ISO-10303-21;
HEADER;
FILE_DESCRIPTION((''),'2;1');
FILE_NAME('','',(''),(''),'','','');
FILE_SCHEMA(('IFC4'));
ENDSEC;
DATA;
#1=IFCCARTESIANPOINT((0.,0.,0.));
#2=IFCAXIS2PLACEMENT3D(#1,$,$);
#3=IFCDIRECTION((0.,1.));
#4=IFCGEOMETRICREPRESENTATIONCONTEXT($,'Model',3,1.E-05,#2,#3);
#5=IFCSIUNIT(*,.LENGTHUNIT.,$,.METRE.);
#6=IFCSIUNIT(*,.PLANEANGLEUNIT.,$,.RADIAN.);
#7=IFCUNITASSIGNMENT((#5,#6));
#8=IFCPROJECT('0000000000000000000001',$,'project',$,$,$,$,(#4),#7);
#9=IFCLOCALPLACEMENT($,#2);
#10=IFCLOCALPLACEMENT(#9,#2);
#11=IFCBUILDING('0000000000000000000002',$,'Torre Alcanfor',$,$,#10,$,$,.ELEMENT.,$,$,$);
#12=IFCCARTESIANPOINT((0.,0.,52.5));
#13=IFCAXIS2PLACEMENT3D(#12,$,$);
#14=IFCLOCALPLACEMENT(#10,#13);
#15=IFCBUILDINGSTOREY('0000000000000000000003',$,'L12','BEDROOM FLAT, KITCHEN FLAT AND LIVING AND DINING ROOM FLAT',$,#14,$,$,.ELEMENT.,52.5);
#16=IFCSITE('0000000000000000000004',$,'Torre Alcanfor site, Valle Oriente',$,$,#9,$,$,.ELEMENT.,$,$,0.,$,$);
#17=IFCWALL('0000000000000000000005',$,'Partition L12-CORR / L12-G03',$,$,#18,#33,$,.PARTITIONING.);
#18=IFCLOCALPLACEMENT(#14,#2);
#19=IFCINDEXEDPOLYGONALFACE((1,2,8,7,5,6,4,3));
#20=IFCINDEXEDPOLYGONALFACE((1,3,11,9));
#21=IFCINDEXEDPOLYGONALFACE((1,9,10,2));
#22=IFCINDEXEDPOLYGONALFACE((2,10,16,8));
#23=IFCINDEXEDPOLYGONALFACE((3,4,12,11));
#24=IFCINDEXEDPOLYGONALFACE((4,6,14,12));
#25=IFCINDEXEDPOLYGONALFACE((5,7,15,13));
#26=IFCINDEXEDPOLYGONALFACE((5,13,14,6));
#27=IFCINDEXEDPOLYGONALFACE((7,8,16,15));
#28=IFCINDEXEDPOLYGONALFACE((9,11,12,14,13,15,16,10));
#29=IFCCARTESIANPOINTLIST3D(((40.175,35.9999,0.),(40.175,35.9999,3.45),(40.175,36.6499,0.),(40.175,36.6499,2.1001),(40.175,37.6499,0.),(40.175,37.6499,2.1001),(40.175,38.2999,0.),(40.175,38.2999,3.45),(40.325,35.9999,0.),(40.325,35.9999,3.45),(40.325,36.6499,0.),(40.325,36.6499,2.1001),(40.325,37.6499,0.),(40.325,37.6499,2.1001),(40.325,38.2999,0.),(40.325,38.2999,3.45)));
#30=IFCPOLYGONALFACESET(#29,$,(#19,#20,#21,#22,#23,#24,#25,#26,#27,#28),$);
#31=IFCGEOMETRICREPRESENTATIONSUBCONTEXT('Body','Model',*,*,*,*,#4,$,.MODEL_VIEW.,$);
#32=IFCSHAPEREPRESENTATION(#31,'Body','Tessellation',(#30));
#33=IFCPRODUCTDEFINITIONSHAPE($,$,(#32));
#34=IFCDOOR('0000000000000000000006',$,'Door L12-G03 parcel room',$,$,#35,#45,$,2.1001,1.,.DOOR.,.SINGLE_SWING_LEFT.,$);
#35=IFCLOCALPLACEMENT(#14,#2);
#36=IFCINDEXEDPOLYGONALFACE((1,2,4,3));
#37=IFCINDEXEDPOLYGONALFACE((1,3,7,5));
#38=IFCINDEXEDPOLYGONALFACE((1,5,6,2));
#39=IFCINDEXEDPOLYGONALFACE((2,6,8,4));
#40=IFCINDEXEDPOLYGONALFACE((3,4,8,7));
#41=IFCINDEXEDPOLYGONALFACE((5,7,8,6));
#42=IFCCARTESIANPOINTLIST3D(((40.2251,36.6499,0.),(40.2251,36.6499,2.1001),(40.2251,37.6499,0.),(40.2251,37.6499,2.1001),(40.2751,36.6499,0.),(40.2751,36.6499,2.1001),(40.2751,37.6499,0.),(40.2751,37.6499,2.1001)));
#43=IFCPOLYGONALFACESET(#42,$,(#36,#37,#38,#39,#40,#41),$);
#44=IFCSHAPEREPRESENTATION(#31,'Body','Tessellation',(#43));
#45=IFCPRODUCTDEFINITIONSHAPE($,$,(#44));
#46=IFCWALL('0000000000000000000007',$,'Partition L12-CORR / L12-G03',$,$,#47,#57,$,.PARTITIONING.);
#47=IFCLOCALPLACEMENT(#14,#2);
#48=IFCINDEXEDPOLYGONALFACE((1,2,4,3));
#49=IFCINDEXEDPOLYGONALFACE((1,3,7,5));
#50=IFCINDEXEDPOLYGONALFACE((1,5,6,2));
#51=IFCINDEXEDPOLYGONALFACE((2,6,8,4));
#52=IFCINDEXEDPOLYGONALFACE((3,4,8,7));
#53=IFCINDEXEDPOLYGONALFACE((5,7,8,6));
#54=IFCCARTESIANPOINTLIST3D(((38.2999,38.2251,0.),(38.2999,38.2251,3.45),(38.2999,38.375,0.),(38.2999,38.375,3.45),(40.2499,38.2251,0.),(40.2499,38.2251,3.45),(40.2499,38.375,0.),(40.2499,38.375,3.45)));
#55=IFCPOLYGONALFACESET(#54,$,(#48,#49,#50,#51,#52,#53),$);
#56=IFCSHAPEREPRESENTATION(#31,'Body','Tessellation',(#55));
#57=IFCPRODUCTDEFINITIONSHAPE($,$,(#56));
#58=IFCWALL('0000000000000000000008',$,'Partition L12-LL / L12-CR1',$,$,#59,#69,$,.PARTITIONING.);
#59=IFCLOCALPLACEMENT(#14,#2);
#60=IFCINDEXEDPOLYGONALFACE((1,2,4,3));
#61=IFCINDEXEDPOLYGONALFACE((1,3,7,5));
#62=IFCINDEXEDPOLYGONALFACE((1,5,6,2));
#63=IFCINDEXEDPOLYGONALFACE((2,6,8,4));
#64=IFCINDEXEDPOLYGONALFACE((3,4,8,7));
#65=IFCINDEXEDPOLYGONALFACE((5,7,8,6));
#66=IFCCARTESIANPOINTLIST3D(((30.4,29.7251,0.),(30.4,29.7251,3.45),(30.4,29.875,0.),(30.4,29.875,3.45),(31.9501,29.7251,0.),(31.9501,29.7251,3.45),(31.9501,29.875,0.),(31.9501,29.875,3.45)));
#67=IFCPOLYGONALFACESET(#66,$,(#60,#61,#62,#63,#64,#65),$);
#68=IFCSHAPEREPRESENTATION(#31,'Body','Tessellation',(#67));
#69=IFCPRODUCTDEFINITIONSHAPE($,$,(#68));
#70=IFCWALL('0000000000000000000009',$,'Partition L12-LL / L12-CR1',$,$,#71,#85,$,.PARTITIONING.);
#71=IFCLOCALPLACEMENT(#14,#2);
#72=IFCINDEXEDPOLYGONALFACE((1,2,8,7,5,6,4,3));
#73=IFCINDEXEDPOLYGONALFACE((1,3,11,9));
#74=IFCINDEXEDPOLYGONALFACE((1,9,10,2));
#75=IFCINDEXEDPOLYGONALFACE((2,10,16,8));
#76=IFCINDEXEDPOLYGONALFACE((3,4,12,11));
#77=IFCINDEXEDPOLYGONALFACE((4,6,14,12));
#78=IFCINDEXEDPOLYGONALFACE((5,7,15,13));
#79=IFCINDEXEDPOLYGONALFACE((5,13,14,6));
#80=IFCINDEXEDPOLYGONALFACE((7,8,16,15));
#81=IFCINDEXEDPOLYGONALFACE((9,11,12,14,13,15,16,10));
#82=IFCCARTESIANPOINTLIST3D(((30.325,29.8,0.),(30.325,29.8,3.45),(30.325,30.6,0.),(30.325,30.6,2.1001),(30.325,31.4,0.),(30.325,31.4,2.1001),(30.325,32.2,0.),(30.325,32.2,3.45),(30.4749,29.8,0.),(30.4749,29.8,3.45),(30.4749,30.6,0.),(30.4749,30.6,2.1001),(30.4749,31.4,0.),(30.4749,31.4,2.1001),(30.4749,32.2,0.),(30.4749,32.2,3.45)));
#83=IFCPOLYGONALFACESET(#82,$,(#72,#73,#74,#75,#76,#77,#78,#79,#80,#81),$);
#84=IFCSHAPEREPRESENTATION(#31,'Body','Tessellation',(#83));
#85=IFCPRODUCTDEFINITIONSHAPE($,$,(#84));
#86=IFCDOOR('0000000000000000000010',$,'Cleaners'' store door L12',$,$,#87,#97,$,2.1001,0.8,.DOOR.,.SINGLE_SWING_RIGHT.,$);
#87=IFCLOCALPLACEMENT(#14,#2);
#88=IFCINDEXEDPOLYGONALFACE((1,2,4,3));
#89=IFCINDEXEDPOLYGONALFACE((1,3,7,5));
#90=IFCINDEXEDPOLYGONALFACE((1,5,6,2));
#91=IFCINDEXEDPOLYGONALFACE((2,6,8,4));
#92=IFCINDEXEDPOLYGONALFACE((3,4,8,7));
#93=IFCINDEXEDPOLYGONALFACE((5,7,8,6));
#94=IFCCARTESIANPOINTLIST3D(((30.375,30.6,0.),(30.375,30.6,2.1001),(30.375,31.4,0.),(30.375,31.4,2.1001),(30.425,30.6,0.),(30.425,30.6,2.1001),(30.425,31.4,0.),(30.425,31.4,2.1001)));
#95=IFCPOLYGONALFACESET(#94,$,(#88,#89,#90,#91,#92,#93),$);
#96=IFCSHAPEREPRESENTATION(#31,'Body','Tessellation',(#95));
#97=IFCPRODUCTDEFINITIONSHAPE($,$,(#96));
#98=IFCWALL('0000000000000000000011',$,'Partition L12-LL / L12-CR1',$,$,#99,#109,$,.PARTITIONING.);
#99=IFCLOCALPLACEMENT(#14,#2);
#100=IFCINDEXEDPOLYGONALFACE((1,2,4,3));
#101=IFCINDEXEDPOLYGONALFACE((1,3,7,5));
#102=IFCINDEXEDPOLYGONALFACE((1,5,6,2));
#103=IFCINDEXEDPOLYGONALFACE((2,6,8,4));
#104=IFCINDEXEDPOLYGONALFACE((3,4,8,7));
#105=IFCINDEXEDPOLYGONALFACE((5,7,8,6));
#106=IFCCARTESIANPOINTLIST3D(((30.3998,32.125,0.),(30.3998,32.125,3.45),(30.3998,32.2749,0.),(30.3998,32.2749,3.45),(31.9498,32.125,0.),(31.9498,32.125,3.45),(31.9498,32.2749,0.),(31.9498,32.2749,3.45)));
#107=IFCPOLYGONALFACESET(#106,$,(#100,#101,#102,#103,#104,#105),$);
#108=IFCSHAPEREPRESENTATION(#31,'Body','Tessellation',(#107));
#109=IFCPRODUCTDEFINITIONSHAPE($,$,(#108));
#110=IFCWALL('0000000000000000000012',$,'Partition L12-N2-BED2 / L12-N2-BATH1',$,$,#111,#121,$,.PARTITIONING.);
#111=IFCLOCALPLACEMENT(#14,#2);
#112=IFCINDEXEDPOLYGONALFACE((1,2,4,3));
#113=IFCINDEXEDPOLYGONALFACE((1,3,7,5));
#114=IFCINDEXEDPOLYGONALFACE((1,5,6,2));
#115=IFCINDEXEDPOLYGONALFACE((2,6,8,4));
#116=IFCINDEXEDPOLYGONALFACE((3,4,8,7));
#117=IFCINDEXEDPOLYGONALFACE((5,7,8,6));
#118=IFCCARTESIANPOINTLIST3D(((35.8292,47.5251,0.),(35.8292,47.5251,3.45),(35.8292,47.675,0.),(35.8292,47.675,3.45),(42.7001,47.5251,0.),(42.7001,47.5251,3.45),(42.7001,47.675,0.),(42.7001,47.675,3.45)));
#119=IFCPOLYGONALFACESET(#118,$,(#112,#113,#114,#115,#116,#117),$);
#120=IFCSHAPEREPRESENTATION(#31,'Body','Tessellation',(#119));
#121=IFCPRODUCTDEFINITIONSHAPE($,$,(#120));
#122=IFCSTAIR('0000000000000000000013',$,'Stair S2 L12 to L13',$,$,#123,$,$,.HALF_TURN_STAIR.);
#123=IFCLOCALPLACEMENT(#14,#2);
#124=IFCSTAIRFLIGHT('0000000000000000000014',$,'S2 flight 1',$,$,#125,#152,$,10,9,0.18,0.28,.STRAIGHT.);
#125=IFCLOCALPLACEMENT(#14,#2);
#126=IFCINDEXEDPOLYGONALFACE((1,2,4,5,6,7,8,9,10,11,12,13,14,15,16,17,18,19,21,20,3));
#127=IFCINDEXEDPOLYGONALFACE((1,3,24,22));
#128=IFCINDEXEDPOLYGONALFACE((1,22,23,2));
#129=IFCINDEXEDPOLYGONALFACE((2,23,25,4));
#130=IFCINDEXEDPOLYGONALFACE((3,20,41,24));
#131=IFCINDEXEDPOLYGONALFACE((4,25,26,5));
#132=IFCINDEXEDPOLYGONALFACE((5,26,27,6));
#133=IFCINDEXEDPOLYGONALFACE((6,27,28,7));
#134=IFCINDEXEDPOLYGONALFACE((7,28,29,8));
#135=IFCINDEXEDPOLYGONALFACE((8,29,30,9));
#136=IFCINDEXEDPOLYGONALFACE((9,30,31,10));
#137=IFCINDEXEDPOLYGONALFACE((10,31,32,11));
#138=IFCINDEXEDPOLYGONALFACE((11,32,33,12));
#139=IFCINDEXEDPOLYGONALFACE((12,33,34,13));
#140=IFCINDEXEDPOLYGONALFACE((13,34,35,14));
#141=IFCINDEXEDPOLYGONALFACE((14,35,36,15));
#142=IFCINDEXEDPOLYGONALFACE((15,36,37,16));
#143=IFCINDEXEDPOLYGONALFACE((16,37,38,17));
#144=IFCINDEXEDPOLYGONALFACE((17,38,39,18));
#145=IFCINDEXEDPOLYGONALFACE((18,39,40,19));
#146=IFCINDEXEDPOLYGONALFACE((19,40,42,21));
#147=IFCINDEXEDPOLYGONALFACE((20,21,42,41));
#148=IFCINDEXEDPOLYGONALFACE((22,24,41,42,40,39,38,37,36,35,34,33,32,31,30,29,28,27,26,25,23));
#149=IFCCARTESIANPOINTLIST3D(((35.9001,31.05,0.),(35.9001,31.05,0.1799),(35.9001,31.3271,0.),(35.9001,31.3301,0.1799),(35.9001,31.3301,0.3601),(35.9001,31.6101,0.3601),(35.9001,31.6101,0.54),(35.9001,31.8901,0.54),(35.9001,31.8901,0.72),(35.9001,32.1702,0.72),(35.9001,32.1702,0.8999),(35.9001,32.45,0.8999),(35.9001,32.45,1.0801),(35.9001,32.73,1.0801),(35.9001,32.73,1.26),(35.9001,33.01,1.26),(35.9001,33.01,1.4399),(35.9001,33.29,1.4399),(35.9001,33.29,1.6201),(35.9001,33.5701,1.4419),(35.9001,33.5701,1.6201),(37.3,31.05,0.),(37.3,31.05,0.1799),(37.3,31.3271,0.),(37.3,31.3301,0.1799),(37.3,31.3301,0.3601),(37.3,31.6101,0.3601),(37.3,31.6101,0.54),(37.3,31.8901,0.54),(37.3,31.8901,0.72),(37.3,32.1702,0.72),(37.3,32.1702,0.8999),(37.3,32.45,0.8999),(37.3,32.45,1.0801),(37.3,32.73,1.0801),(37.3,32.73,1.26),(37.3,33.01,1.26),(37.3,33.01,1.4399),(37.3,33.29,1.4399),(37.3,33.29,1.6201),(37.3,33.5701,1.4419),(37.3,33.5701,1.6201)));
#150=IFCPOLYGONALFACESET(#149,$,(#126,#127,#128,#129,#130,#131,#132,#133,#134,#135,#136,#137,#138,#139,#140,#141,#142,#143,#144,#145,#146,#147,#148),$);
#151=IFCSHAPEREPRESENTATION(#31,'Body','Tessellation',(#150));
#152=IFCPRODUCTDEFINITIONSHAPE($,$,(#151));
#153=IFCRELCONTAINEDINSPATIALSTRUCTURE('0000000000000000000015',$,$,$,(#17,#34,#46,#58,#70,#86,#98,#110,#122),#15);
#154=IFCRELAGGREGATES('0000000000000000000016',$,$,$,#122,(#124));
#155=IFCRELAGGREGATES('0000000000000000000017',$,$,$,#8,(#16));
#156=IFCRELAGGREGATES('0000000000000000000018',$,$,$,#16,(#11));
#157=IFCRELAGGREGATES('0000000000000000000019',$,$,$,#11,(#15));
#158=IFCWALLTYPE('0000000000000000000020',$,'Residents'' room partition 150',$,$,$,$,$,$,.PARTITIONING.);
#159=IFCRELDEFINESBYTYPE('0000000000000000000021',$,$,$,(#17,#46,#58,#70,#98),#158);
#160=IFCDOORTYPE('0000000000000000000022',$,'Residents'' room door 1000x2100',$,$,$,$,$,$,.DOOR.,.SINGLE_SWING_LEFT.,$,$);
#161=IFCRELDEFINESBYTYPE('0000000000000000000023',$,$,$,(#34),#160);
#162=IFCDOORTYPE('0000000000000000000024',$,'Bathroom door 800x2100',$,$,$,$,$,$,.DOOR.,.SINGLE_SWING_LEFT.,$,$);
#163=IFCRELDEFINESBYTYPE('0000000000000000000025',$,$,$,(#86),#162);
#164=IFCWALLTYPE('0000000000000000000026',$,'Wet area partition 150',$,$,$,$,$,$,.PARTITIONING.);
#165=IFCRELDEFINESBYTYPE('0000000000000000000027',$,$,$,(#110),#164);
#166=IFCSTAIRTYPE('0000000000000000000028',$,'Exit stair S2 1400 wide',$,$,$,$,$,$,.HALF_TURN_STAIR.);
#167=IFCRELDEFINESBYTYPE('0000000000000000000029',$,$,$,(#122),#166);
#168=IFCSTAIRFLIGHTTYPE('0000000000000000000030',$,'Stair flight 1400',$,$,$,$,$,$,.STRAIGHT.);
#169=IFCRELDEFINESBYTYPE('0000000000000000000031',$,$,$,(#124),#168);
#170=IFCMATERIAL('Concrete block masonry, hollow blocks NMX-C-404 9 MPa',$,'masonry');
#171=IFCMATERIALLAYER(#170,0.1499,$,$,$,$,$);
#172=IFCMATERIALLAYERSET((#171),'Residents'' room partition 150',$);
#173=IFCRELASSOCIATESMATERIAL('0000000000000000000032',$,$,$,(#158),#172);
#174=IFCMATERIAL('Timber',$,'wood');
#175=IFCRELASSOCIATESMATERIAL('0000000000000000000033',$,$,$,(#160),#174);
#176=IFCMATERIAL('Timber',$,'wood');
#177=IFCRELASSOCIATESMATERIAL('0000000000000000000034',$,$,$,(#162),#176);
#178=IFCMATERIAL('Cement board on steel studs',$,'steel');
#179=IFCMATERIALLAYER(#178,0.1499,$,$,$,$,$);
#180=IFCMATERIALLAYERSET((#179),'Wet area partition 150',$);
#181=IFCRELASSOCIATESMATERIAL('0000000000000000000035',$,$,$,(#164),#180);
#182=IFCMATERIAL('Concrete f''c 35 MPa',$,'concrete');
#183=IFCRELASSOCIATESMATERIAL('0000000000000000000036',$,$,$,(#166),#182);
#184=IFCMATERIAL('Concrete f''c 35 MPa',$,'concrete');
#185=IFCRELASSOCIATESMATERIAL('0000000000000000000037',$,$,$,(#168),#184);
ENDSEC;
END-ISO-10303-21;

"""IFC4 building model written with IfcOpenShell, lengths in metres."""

from ifc_helpers import new_model, si_unit, direction, frame, frame_2d, origin, place, context, subcontext, project, spatial, polyline, rectangle, outline, extrude, material, layer, layer_set, type_object, element, fill, aggregate, save


model = new_model("IFC4")

# Units and contexts
model_context = context("Model", 3, precision=1e-05, world=origin(), true_north=direction((0.0, 1.0)))
body_context = subcontext(model_context, "Body", "Model", "MODEL_VIEW")
ifc_project = project(units=[si_unit("LENGTHUNIT", "METRE"), si_unit("PLANEANGLEUNIT", "RADIAN")], contexts=[model_context])

# Site, building, storey
site_placement = place(None, origin())
site = spatial("IfcSite", under=ifc_project, at=site_placement, Name="Torre Alcanfor site, Valle Oriente", CompositionType="ELEMENT", RefElevation=0.0)
building_placement = place(site_placement, origin())
building = spatial("IfcBuilding", under=site, at=building_placement, Name="Torre Alcanfor", CompositionType="ELEMENT")
storey_placement = place(building_placement, frame((0.0, 0.0, 52.5)))
storey = spatial("IfcBuildingStorey", under=building, at=storey_placement, Name="L12", Description="BEDROOM FLAT, KITCHEN FLAT AND LIVING AND DINING ROOM FLAT", CompositionType="ELEMENT", Elevation=52.5)

# Shared definitions
ifc_material_1 = material(Name="Concrete block masonry, hollow blocks NMX-C-404 9 MPa", Category="masonry")
ifc_layer_1 = layer(ifc_material_1, 0.1499)
ifc_layer_set_1 = layer_set([ifc_layer_1], Name="Residents' room partition 150")
wall_type_1 = type_object("IfcWallType", Name="Residents' room partition 150", PredefinedType="PARTITIONING", material=ifc_layer_set_1)

# Shared definitions
ifc_material_2 = material(Name="Timber", Category="wood")
door_type_1 = type_object("IfcDoorType", Name="Residents' room door 1000x2100", OperationType="SINGLE_SWING_LEFT", PredefinedType="DOOR", material=ifc_material_2)

# Wall, opening, door
wall_1_placement = place(storey_placement, frame((40.25, 36.0, 0.0), z_axis=(0.0, 0.0, 1.0), x_axis=(0.0, 1.0, 0.0)))
wall_1 = element("IfcWall", 1, at=wall_1_placement, inside=storey, type_object=wall_type_1, Name="Partition L12-CORR / L12-G03", PredefinedType="PARTITIONING", context=body_context, shape_type="SweptSolid", body=[
    extrude(rectangle(XDim=2.3, YDim=0.1499, at=frame_2d((1.1499, 0.0))), origin(), (0.0, 0.0, 1.0), 3.45),
])
opening_1_placement = place(wall_1_placement, frame((0.6499, 0.0, 0.0)))
opening_1 = element("IfcOpeningElement", 2, at=opening_1_placement, cuts=wall_1, PredefinedType="OPENING", context=body_context, shape_type="SweptSolid", body=[
    extrude(rectangle(XDim=1.0, YDim=2.1001, at=frame_2d((0.5, 1.05))), frame((0.0, 0.085, 0.0), z_axis=(0.0, -1.0, 0.0), x_axis=(1.0, 0.0, 0.0)), (0.0, 0.0, 1.0), 0.1699),
])
door_1_placement = place(opening_1_placement, origin())
door_1 = element("IfcDoor", 3, at=door_1_placement, inside=storey, type_object=door_type_1, Name="Door L12-G03 parcel room", OperationType="SINGLE_SWING_LEFT", OverallHeight=2.1001, OverallWidth=1.0, PredefinedType="DOOR", context=body_context, shape_type="SweptSolid", body=[
    extrude(rectangle(XDim=1.0, YDim=2.1001, at=frame_2d((0.5, 1.05))), frame((0.0, 0.0249, 0.0), z_axis=(0.0, -1.0, 0.0), x_axis=(1.0, 0.0, 0.0)), (0.0, 0.0, 1.0), 0.05),
])
fill(opening_1, door_1)

# Walls
wall_2_placement = place(storey_placement, frame((40.25, 38.3, 0.0), z_axis=(0.0, 0.0, 1.0), x_axis=(-1.0, 0.0, 0.0)))
element("IfcWall", 4, at=wall_2_placement, inside=storey, type_object=wall_type_1, Name="Partition L12-CORR / L12-G03", PredefinedType="PARTITIONING", context=body_context, shape_type="SweptSolid", body=[
    extrude(rectangle(XDim=1.95, YDim=0.1499, at=frame_2d((0.9751, 0.0))), origin(), (0.0, 0.0, 1.0), 3.45),
])
wall_3_placement = place(storey_placement, frame((31.95, 29.8, 0.0), z_axis=(0.0, 0.0, 1.0), x_axis=(-1.0, 0.0, 0.0)))
element("IfcWall", 5, at=wall_3_placement, inside=storey, type_object=wall_type_1, Name="Partition L12-LL / L12-CR1", PredefinedType="PARTITIONING", context=body_context, shape_type="SweptSolid", body=[
    extrude(rectangle(XDim=1.55, YDim=0.1499, at=frame_2d((0.7749, 0.0))), origin(), (0.0, 0.0, 1.0), 3.45),
])

# Wall, opening, door
wall_4_placement = place(storey_placement, frame((30.3999, 29.8, 0.0), z_axis=(0.0, 0.0, 1.0), x_axis=(0.0, 1.0, 0.0)))
wall_4 = element("IfcWall", 6, at=wall_4_placement, inside=storey, type_object=wall_type_1, Name="Partition L12-LL / L12-CR1", PredefinedType="PARTITIONING", context=body_context, shape_type="SweptSolid", body=[
    extrude(rectangle(XDim=2.3999, YDim=0.1499, at=frame_2d((1.2, 0.0))), origin(), (0.0, 0.0, 1.0), 3.45),
])
opening_2_placement = place(wall_4_placement, frame((0.8, 0.0, 0.0)))
opening_2 = element("IfcOpeningElement", 7, at=opening_2_placement, cuts=wall_4, PredefinedType="OPENING", context=body_context, shape_type="SweptSolid", body=[
    extrude(rectangle(XDim=0.8, YDim=2.1001, at=frame_2d((0.3999, 1.05))), frame((0.0, 0.085, 0.0), z_axis=(0.0, -1.0, 0.0), x_axis=(1.0, 0.0, 0.0)), (0.0, 0.0, 1.0), 0.1699),
])
ifc_material_3 = material(Name="Timber", Category="wood")
door_type_2 = type_object("IfcDoorType", Name="Bathroom door 800x2100", OperationType="SINGLE_SWING_LEFT", PredefinedType="DOOR", material=ifc_material_3)
door_2_placement = place(opening_2_placement, frame((0.8, 0.0, 0.0), z_axis=(0.0, 0.0, 1.0), x_axis=(-1.0, 0.0, 0.0)))
door_2 = element("IfcDoor", 8, at=door_2_placement, inside=storey, type_object=door_type_2, Name="Cleaners' store door L12", OperationType="SINGLE_SWING_RIGHT", OverallHeight=2.1001, OverallWidth=0.8, PredefinedType="DOOR", context=body_context, shape_type="SweptSolid", body=[
    extrude(rectangle(XDim=0.8, YDim=2.1001, at=frame_2d((0.4001, 1.05))), frame((0.0, 0.0251, 0.0), z_axis=(0.0, -1.0, 0.0), x_axis=(1.0, 0.0, 0.0)), (0.0, 0.0, 1.0), 0.05),
])
fill(opening_2, door_2)

# Walls
wall_5_placement = place(storey_placement, frame((30.3999, 32.2, 0.0), z_axis=(0.0, 0.0, 1.0), x_axis=(1.0, 0.0, 0.0)))
element("IfcWall", 9, at=wall_5_placement, inside=storey, type_object=wall_type_1, Name="Partition L12-LL / L12-CR1", PredefinedType="PARTITIONING", context=body_context, shape_type="SweptSolid", body=[
    extrude(rectangle(XDim=1.55, YDim=0.1499, at=frame_2d((0.7749, 0.0))), origin(), (0.0, 0.0, 1.0), 3.45),
])
ifc_material_4 = material(Name="Cement board on steel studs", Category="steel")
ifc_layer_2 = layer(ifc_material_4, 0.1499)
ifc_layer_set_2 = layer_set([ifc_layer_2], Name="Wet area partition 150")
wall_type_2 = type_object("IfcWallType", Name="Wet area partition 150", PredefinedType="PARTITIONING", material=ifc_layer_set_2)
wall_6_placement = place(storey_placement, frame((35.8291, 47.6001, 0.0), z_axis=(0.0, 0.0, 1.0), x_axis=(1.0, 0.0, 0.0)))
element("IfcWall", 10, at=wall_6_placement, inside=storey, type_object=wall_type_2, Name="Partition L12-N2-BED2 / L12-N2-BATH1", PredefinedType="PARTITIONING", context=body_context, shape_type="SweptSolid", body=[
    extrude(rectangle(XDim=6.8708, YDim=0.1499, at=frame_2d((3.4355, 0.0))), origin(), (0.0, 0.0, 1.0), 3.45),
])

# Stair, stair flight
ifc_material_5 = material(Name="Concrete f'c 35 MPa", Category="concrete")
stair_type = type_object("IfcStairType", Name="Exit stair S2 1400 wide", PredefinedType="HALF_TURN_STAIR", material=ifc_material_5)
stair_placement = place(storey_placement, origin())
stair = element("IfcStair", 11, at=stair_placement, inside=storey, type_object=stair_type, Name="Stair S2 L12 to L13", PredefinedType="HALF_TURN_STAIR")
ifc_material_6 = material(Name="Concrete f'c 35 MPa", Category="concrete")
stair_flight_type = type_object("IfcStairFlightType", Name="Stair flight 1400", PredefinedType="STRAIGHT", material=ifc_material_6)
stair_flight_1_placement = place(storey_placement, frame((36.6001, 31.05, 0.0), z_axis=(0.0, 0.0, 1.0), x_axis=(0.0, 1.0, 0.0)))
stair_flight_1 = element("IfcStairFlight", 12, at=stair_flight_1_placement, type_object=stair_flight_type, Name="S2 flight 1", NumberOfRisers=10, NumberOfTreads=9, PredefinedType="STRAIGHT", RiserHeight=0.18, TreadLength=0.28, context=body_context, shape_type="SweptSolid", body=[
    extrude(outline(polyline([(0.0, 0.0), (0.0, 0.1799), (0.28, 0.1799), (0.28, 0.3601), (0.5601, 0.3601), (0.5601, 0.54), (0.8401, 0.54), (0.8401, 0.72), (1.1201, 0.72), (1.1201, 0.8999), (1.3999, 0.8999), (1.3999, 1.0801), (1.6799, 1.0801), (1.6799, 1.26), (1.96, 1.26), (1.96, 1.4399), (2.24, 1.4399), (2.24, 1.6201), (2.52, 1.6201), (2.52, 1.8), (2.52, 1.4419), (0.2771, 0.0), (0.0, 0.0)])), frame((0.0, 0.7, 0.0), z_axis=(0.0, -1.0, 0.0), x_axis=(1.0, 0.0, 0.0)), (0.0, 0.0, 1.0), 1.3999),
])
aggregate(stair, [stair_flight_1])

save(model, "model.ifc")
